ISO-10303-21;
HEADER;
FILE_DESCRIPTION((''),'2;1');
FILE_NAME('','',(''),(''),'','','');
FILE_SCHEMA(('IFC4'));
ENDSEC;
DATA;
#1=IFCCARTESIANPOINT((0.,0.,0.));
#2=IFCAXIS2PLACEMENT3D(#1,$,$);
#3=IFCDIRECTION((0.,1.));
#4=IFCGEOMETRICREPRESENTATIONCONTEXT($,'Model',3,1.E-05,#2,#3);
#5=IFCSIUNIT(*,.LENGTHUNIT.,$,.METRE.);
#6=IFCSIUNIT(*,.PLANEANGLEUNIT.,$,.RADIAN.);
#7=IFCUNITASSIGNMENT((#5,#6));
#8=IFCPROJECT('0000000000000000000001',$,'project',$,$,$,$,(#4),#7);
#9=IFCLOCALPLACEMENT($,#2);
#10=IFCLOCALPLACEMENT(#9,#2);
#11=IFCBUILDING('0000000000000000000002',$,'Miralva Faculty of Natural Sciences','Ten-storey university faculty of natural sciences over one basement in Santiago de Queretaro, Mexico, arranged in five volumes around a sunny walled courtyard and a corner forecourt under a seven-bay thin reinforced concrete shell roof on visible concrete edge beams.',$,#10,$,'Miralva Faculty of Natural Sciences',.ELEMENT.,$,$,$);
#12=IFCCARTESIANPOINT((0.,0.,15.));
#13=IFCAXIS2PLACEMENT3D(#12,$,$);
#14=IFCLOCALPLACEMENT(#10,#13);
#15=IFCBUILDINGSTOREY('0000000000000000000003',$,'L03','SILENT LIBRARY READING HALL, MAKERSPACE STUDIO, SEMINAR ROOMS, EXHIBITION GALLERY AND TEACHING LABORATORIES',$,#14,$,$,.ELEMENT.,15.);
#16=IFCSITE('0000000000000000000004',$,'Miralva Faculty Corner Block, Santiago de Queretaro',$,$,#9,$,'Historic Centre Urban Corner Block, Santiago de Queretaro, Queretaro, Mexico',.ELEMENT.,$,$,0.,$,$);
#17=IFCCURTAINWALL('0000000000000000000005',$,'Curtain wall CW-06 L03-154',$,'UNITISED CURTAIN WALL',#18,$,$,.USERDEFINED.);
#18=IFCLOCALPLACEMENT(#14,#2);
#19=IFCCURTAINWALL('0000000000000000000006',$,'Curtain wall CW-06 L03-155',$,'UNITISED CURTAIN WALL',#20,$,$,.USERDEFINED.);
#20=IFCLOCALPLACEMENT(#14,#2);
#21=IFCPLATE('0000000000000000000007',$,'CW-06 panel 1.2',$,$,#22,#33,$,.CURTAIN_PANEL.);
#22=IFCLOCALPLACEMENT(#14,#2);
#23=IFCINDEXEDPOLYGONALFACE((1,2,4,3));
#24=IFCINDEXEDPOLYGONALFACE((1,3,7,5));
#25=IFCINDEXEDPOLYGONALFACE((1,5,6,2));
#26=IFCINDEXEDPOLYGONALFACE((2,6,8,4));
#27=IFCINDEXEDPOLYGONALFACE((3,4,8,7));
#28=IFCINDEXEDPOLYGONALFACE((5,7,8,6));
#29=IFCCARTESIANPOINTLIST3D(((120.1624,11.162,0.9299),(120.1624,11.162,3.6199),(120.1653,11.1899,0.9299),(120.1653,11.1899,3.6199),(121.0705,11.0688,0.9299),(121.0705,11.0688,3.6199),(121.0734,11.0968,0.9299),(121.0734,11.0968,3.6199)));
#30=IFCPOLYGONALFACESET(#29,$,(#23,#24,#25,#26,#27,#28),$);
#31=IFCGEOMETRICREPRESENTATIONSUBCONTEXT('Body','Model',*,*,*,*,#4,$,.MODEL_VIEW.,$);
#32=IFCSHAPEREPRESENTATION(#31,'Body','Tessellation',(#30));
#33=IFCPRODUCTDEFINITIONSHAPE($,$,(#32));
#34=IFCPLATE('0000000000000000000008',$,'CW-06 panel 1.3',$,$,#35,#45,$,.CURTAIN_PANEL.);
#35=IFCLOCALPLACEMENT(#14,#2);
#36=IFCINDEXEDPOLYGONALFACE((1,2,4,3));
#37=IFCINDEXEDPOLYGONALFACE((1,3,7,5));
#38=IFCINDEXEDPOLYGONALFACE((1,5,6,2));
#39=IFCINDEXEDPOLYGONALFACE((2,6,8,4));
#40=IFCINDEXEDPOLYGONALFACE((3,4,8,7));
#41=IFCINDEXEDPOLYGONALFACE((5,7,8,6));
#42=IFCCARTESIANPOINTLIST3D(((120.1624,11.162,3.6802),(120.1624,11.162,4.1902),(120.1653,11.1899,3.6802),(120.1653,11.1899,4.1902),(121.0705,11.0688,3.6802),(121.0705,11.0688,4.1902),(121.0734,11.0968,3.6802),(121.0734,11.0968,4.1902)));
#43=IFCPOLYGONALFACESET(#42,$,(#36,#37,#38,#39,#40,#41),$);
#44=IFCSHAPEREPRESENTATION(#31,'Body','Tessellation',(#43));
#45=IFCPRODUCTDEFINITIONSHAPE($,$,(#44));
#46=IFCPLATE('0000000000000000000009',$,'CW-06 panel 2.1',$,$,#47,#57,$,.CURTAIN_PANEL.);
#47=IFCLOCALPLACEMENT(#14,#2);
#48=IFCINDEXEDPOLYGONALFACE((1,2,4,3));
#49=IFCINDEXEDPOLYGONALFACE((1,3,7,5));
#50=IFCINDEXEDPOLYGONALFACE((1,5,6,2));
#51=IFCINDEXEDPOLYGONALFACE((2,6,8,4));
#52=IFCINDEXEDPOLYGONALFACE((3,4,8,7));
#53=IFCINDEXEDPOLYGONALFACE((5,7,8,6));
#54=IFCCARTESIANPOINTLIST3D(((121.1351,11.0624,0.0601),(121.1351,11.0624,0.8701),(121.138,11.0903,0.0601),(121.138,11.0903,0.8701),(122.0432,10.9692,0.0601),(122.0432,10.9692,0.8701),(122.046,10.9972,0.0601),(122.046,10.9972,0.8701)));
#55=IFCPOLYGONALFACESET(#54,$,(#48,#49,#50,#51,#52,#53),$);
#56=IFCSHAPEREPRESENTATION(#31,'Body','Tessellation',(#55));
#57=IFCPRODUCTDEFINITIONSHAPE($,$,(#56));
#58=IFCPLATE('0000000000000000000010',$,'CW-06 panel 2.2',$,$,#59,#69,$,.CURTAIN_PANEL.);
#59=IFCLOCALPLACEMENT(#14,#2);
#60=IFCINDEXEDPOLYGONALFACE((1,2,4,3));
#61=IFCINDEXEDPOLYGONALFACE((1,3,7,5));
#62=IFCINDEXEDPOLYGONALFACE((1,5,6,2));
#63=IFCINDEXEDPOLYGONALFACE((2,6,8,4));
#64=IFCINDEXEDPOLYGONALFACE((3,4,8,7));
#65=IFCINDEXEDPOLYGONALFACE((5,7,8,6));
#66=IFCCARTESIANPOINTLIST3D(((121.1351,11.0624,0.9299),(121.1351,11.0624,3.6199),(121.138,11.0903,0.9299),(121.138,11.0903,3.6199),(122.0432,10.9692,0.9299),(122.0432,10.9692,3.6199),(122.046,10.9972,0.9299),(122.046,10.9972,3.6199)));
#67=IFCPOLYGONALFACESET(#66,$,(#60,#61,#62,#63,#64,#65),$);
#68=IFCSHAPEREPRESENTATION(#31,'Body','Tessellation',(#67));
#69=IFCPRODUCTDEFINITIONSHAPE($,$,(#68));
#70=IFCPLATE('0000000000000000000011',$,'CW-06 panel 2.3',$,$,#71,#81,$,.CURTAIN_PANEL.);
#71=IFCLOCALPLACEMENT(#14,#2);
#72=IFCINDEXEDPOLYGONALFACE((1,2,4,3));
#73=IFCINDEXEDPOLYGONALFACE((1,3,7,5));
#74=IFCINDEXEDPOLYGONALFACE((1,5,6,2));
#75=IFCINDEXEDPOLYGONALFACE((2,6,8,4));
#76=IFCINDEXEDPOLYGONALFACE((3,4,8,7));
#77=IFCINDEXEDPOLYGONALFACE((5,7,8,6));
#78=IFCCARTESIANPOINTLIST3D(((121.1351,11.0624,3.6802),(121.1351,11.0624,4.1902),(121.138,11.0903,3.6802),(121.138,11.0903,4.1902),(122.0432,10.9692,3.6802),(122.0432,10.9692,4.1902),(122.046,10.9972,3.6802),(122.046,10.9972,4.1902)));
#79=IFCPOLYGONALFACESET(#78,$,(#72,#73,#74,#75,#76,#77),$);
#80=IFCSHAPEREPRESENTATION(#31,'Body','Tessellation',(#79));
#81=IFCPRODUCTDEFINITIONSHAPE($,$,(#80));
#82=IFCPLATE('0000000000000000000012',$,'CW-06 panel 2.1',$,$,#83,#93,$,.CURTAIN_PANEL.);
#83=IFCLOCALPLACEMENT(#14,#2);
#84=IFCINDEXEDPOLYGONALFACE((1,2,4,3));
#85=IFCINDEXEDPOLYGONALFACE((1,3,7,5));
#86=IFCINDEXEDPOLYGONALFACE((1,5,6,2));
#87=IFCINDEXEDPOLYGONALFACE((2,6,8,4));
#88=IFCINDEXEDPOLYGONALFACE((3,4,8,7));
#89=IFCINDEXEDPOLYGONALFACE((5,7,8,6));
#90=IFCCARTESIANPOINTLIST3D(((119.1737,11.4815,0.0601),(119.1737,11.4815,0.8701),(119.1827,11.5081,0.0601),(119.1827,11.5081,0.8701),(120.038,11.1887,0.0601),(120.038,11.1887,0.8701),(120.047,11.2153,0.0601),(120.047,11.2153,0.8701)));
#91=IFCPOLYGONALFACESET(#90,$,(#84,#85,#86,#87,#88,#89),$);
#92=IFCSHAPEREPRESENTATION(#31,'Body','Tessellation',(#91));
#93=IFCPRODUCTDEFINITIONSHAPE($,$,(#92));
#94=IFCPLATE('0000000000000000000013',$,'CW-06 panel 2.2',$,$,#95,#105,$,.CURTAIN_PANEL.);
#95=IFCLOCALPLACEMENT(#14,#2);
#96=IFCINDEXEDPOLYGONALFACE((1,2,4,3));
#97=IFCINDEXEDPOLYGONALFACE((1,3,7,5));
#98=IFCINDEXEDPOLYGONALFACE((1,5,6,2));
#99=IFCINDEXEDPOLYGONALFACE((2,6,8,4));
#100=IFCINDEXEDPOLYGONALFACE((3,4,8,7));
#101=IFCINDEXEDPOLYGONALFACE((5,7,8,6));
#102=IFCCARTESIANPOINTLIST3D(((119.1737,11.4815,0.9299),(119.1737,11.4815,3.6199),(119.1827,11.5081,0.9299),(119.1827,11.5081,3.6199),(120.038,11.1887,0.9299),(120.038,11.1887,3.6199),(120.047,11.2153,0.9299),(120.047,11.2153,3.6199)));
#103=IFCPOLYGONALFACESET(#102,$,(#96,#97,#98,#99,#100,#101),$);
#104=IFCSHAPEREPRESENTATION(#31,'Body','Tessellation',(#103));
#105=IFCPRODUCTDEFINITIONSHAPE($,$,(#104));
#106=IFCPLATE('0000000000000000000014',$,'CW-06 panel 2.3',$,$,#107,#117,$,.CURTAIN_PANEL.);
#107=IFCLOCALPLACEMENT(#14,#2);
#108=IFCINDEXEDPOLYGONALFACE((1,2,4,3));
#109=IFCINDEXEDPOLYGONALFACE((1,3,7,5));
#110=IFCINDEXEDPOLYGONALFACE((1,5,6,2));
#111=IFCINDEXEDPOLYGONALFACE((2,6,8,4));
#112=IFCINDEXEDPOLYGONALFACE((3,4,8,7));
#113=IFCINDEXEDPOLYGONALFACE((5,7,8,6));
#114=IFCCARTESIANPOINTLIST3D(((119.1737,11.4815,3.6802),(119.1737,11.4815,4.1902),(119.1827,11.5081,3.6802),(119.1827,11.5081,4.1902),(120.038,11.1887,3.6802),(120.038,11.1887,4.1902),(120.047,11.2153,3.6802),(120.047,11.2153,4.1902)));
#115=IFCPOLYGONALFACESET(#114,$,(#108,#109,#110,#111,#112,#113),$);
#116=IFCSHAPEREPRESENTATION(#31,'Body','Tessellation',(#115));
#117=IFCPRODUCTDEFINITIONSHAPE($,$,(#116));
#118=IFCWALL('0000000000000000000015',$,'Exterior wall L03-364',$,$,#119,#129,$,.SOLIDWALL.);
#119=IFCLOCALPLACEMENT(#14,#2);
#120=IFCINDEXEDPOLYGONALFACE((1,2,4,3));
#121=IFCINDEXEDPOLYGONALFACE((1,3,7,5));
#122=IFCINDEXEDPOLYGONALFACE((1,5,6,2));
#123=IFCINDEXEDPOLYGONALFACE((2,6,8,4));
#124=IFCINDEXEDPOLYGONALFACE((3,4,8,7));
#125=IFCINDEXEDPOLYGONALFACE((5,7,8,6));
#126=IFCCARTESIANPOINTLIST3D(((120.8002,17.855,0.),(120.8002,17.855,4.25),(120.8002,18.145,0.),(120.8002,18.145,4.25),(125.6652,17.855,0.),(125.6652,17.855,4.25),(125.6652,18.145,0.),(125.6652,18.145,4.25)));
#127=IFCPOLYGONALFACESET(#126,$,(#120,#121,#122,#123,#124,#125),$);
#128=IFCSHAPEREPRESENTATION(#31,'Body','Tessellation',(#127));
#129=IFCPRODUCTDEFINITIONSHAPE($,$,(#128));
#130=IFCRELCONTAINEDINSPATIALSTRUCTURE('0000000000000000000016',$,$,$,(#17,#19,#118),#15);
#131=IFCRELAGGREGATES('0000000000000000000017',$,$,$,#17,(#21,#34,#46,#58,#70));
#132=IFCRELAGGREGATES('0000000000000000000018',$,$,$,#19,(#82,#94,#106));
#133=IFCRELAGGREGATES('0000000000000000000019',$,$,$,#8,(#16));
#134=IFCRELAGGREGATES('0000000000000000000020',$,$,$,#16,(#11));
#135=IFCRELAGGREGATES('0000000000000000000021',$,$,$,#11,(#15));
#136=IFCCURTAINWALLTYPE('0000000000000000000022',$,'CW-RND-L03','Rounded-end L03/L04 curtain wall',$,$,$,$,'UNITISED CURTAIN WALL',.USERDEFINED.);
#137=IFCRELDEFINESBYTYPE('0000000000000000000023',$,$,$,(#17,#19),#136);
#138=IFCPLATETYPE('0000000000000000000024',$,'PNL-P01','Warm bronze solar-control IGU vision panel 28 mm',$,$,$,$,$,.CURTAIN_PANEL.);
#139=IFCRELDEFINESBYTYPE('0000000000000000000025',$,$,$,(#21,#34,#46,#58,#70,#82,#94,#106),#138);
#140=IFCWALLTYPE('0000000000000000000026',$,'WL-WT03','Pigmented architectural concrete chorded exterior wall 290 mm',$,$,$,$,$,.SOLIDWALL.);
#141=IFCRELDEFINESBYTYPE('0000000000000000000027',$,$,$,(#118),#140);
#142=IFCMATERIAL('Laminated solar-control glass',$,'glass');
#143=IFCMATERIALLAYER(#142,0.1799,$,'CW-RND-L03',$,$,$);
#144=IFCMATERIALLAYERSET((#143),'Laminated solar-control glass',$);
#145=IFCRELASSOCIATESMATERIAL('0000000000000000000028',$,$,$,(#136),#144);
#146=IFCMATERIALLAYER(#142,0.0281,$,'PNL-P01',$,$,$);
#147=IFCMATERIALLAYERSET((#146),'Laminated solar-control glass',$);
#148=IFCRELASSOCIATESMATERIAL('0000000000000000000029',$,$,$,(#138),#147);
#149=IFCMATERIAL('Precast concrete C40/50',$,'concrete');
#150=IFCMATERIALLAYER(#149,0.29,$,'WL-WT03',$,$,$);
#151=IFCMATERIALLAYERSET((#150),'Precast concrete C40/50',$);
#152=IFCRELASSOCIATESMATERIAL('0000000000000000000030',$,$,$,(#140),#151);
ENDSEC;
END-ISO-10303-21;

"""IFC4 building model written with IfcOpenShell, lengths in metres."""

from ifc_helpers import new_model, si_unit, direction, frame, frame_2d, origin, origin_2d, place, context, subcontext, project, spatial, rectangle, extrude, material, layer, layer_set, type_object, element, aggregate, save


model = new_model("IFC4")

# Units and contexts
model_context = context("Model", 3, precision=1e-05, world=origin(), true_north=direction((0.0, 1.0)))
body_context = subcontext(model_context, "Body", "Model", "MODEL_VIEW")
ifc_project = project(units=[si_unit("LENGTHUNIT", "METRE"), si_unit("PLANEANGLEUNIT", "RADIAN")], contexts=[model_context])

# Site, building, storey
site_placement = place(None, origin())
site = spatial("IfcSite", under=ifc_project, at=site_placement, Name="Miralva Faculty Corner Block, Santiago de Queretaro", LongName="Historic Centre Urban Corner Block, Santiago de Queretaro, Queretaro, Mexico", CompositionType="ELEMENT", RefElevation=0.0)
building_placement = place(site_placement, origin())
building = spatial("IfcBuilding", under=site, at=building_placement, Name="Miralva Faculty of Natural Sciences", Description="Ten-storey university faculty of natural sciences over one basement in Santiago de Queretaro, Mexico, arranged in five volumes around a sunny walled courtyard and a corner forecourt under a seven-bay thin reinforced concrete shell roof on visible concrete edge beams.", LongName="Miralva Faculty of Natural Sciences", CompositionType="ELEMENT")
storey_placement = place(building_placement, frame((0.0, 0.0, 15.0)))
storey = spatial("IfcBuildingStorey", under=building, at=storey_placement, Name="L03", Description="SILENT LIBRARY READING HALL, MAKERSPACE STUDIO, SEMINAR ROOMS, EXHIBITION GALLERY AND TEACHING LABORATORIES", CompositionType="ELEMENT", Elevation=15.0)

# Curtain walls
ifc_material_1 = material(Name="Laminated solar-control glass", Category="glass")
ifc_layer_1 = layer(ifc_material_1, 0.1799, Name="CW-RND-L03")
ifc_layer_set_1 = layer_set([ifc_layer_1], Name="Laminated solar-control glass")
curtain_wall_type = type_object("IfcCurtainWallType", Name="CW-RND-L03", Description="Rounded-end L03/L04 curtain wall", ElementType="UNITISED CURTAIN WALL", PredefinedType="USERDEFINED", material=ifc_layer_set_1)
curtain_wall_1_placement = place(storey_placement, origin())
curtain_wall_1 = element("IfcCurtainWall", 1, at=curtain_wall_1_placement, inside=storey, type_object=curtain_wall_type, Name="Curtain wall CW-06 L03-154", ObjectType="UNITISED CURTAIN WALL", PredefinedType="USERDEFINED")
curtain_wall_2_placement = place(storey_placement, origin())
curtain_wall_2 = element("IfcCurtainWall", 2, at=curtain_wall_2_placement, inside=storey, type_object=curtain_wall_type, Name="Curtain wall CW-06 L03-155", ObjectType="UNITISED CURTAIN WALL", PredefinedType="USERDEFINED")

# Plates
ifc_layer_2 = layer(ifc_material_1, 0.0281, Name="PNL-P01")
ifc_layer_set_2 = layer_set([ifc_layer_2], Name="Laminated solar-control glass")
plate_type = type_object("IfcPlateType", Name="PNL-P01", Description="Warm bronze solar-control IGU vision panel 28 mm", PredefinedType="CURTAIN_PANEL", material=ifc_layer_set_2)
plate_1_placement = place(storey_placement, frame((120.6179, 11.1294, 0.9299), z_axis=(0.0, 0.0, 1.0), x_axis=(0.994779, -0.102056, 0.0)))
plate_1 = element("IfcPlate", 3, at=plate_1_placement, type_object=plate_type, Name="CW-06 panel 1.2", PredefinedType="CURTAIN_PANEL", context=body_context, shape_type="SweptSolid", body=[
    extrude(rectangle(XDim=0.9128, YDim=0.0281, at=origin_2d()), origin(), (0.0, 0.0, 1.0), 2.6899),
])
plate_2_placement = place(storey_placement, frame((120.6179, 11.1294, 3.6802), z_axis=(0.0, 0.0, 1.0), x_axis=(0.994779, -0.102056, 0.0)))
plate_2 = element("IfcPlate", 4, at=plate_2_placement, type_object=plate_type, Name="CW-06 panel 1.3", PredefinedType="CURTAIN_PANEL", context=body_context, shape_type="SweptSolid", body=[
    extrude(rectangle(XDim=0.9128, YDim=0.0281, at=origin_2d()), origin(), (0.0, 0.0, 1.0), 0.51),
])
plate_3_placement = place(storey_placement, frame((121.5906, 11.0298, 0.0601), z_axis=(0.0, 0.0, 1.0), x_axis=(0.994779, -0.102056, 0.0)))
plate_3 = element("IfcPlate", 5, at=plate_3_placement, type_object=plate_type, Name="CW-06 panel 2.1", PredefinedType="CURTAIN_PANEL", context=body_context, shape_type="SweptSolid", body=[
    extrude(rectangle(XDim=0.9128, YDim=0.0281, at=origin_2d()), origin(), (0.0, 0.0, 1.0), 0.8101),
])
plate_4_placement = place(storey_placement, frame((121.5906, 11.0298, 0.9299), z_axis=(0.0, 0.0, 1.0), x_axis=(0.994779, -0.102056, 0.0)))
plate_4 = element("IfcPlate", 6, at=plate_4_placement, type_object=plate_type, Name="CW-06 panel 2.2", PredefinedType="CURTAIN_PANEL", context=body_context, shape_type="SweptSolid", body=[
    extrude(rectangle(XDim=0.9128, YDim=0.0281, at=origin_2d()), origin(), (0.0, 0.0, 1.0), 2.6899),
])
plate_5_placement = place(storey_placement, frame((121.5906, 11.0298, 3.6802), z_axis=(0.0, 0.0, 1.0), x_axis=(0.994779, -0.102056, 0.0)))
plate_5 = element("IfcPlate", 7, at=plate_5_placement, type_object=plate_type, Name="CW-06 panel 2.3", PredefinedType="CURTAIN_PANEL", context=body_context, shape_type="SweptSolid", body=[
    extrude(rectangle(XDim=0.9128, YDim=0.0281, at=origin_2d()), origin(), (0.0, 0.0, 1.0), 0.51),
])
aggregate(curtain_wall_1, [plate_1, plate_2, plate_3, plate_4, plate_5])
plate_6_placement = place(storey_placement, frame((119.6104, 11.3484, 0.0601), z_axis=(0.0, 0.0, 1.0), x_axis=(0.947133, -0.320842, 0.0)))
plate_6 = element("IfcPlate", 8, at=plate_6_placement, type_object=plate_type, Name="CW-06 panel 2.1", PredefinedType="CURTAIN_PANEL", context=body_context, shape_type="SweptSolid", body=[
    extrude(rectangle(XDim=0.9126, YDim=0.0281, at=origin_2d()), origin(), (0.0, 0.0, 1.0), 0.8101),
])
plate_7_placement = place(storey_placement, frame((119.6104, 11.3484, 0.9299), z_axis=(0.0, 0.0, 1.0), x_axis=(0.947133, -0.320842, 0.0)))
plate_7 = element("IfcPlate", 9, at=plate_7_placement, type_object=plate_type, Name="CW-06 panel 2.2", PredefinedType="CURTAIN_PANEL", context=body_context, shape_type="SweptSolid", body=[
    extrude(rectangle(XDim=0.9126, YDim=0.0281, at=origin_2d()), origin(), (0.0, 0.0, 1.0), 2.6899),
])
plate_8_placement = place(storey_placement, frame((119.6104, 11.3484, 3.6802), z_axis=(0.0, 0.0, 1.0), x_axis=(0.947133, -0.320842, 0.0)))
plate_8 = element("IfcPlate", 10, at=plate_8_placement, type_object=plate_type, Name="CW-06 panel 2.3", PredefinedType="CURTAIN_PANEL", context=body_context, shape_type="SweptSolid", body=[
    extrude(rectangle(XDim=0.9126, YDim=0.0281, at=origin_2d()), origin(), (0.0, 0.0, 1.0), 0.51),
])
aggregate(curtain_wall_2, [plate_6, plate_7, plate_8])

# Wall
ifc_material_2 = material(Name="Precast concrete C40/50", Category="concrete")
ifc_layer_3 = layer(ifc_material_2, 0.29, Name="WL-WT03")
ifc_layer_set_3 = layer_set([ifc_layer_3], Name="Precast concrete C40/50")
wall_type = type_object("IfcWallType", Name="WL-WT03", Description="Pigmented architectural concrete chorded exterior wall 290 mm", PredefinedType="SOLIDWALL", material=ifc_layer_set_3)
wall_placement = place(storey_placement, frame((120.8, 18.0, 0.0), z_axis=(0.0, 0.0, 1.0), x_axis=(1.0, 0.0, 0.0)))
element("IfcWall", 11, at=wall_placement, inside=storey, type_object=wall_type, Name="Exterior wall L03-364", PredefinedType="SOLIDWALL", context=body_context, shape_type="SweptSolid", body=[
    extrude(rectangle(XDim=4.865, YDim=0.29, at=frame_2d((2.4326, 0.0))), origin(), (0.0, 0.0, 1.0), 4.25),
])

save(model, "model.ifc")
